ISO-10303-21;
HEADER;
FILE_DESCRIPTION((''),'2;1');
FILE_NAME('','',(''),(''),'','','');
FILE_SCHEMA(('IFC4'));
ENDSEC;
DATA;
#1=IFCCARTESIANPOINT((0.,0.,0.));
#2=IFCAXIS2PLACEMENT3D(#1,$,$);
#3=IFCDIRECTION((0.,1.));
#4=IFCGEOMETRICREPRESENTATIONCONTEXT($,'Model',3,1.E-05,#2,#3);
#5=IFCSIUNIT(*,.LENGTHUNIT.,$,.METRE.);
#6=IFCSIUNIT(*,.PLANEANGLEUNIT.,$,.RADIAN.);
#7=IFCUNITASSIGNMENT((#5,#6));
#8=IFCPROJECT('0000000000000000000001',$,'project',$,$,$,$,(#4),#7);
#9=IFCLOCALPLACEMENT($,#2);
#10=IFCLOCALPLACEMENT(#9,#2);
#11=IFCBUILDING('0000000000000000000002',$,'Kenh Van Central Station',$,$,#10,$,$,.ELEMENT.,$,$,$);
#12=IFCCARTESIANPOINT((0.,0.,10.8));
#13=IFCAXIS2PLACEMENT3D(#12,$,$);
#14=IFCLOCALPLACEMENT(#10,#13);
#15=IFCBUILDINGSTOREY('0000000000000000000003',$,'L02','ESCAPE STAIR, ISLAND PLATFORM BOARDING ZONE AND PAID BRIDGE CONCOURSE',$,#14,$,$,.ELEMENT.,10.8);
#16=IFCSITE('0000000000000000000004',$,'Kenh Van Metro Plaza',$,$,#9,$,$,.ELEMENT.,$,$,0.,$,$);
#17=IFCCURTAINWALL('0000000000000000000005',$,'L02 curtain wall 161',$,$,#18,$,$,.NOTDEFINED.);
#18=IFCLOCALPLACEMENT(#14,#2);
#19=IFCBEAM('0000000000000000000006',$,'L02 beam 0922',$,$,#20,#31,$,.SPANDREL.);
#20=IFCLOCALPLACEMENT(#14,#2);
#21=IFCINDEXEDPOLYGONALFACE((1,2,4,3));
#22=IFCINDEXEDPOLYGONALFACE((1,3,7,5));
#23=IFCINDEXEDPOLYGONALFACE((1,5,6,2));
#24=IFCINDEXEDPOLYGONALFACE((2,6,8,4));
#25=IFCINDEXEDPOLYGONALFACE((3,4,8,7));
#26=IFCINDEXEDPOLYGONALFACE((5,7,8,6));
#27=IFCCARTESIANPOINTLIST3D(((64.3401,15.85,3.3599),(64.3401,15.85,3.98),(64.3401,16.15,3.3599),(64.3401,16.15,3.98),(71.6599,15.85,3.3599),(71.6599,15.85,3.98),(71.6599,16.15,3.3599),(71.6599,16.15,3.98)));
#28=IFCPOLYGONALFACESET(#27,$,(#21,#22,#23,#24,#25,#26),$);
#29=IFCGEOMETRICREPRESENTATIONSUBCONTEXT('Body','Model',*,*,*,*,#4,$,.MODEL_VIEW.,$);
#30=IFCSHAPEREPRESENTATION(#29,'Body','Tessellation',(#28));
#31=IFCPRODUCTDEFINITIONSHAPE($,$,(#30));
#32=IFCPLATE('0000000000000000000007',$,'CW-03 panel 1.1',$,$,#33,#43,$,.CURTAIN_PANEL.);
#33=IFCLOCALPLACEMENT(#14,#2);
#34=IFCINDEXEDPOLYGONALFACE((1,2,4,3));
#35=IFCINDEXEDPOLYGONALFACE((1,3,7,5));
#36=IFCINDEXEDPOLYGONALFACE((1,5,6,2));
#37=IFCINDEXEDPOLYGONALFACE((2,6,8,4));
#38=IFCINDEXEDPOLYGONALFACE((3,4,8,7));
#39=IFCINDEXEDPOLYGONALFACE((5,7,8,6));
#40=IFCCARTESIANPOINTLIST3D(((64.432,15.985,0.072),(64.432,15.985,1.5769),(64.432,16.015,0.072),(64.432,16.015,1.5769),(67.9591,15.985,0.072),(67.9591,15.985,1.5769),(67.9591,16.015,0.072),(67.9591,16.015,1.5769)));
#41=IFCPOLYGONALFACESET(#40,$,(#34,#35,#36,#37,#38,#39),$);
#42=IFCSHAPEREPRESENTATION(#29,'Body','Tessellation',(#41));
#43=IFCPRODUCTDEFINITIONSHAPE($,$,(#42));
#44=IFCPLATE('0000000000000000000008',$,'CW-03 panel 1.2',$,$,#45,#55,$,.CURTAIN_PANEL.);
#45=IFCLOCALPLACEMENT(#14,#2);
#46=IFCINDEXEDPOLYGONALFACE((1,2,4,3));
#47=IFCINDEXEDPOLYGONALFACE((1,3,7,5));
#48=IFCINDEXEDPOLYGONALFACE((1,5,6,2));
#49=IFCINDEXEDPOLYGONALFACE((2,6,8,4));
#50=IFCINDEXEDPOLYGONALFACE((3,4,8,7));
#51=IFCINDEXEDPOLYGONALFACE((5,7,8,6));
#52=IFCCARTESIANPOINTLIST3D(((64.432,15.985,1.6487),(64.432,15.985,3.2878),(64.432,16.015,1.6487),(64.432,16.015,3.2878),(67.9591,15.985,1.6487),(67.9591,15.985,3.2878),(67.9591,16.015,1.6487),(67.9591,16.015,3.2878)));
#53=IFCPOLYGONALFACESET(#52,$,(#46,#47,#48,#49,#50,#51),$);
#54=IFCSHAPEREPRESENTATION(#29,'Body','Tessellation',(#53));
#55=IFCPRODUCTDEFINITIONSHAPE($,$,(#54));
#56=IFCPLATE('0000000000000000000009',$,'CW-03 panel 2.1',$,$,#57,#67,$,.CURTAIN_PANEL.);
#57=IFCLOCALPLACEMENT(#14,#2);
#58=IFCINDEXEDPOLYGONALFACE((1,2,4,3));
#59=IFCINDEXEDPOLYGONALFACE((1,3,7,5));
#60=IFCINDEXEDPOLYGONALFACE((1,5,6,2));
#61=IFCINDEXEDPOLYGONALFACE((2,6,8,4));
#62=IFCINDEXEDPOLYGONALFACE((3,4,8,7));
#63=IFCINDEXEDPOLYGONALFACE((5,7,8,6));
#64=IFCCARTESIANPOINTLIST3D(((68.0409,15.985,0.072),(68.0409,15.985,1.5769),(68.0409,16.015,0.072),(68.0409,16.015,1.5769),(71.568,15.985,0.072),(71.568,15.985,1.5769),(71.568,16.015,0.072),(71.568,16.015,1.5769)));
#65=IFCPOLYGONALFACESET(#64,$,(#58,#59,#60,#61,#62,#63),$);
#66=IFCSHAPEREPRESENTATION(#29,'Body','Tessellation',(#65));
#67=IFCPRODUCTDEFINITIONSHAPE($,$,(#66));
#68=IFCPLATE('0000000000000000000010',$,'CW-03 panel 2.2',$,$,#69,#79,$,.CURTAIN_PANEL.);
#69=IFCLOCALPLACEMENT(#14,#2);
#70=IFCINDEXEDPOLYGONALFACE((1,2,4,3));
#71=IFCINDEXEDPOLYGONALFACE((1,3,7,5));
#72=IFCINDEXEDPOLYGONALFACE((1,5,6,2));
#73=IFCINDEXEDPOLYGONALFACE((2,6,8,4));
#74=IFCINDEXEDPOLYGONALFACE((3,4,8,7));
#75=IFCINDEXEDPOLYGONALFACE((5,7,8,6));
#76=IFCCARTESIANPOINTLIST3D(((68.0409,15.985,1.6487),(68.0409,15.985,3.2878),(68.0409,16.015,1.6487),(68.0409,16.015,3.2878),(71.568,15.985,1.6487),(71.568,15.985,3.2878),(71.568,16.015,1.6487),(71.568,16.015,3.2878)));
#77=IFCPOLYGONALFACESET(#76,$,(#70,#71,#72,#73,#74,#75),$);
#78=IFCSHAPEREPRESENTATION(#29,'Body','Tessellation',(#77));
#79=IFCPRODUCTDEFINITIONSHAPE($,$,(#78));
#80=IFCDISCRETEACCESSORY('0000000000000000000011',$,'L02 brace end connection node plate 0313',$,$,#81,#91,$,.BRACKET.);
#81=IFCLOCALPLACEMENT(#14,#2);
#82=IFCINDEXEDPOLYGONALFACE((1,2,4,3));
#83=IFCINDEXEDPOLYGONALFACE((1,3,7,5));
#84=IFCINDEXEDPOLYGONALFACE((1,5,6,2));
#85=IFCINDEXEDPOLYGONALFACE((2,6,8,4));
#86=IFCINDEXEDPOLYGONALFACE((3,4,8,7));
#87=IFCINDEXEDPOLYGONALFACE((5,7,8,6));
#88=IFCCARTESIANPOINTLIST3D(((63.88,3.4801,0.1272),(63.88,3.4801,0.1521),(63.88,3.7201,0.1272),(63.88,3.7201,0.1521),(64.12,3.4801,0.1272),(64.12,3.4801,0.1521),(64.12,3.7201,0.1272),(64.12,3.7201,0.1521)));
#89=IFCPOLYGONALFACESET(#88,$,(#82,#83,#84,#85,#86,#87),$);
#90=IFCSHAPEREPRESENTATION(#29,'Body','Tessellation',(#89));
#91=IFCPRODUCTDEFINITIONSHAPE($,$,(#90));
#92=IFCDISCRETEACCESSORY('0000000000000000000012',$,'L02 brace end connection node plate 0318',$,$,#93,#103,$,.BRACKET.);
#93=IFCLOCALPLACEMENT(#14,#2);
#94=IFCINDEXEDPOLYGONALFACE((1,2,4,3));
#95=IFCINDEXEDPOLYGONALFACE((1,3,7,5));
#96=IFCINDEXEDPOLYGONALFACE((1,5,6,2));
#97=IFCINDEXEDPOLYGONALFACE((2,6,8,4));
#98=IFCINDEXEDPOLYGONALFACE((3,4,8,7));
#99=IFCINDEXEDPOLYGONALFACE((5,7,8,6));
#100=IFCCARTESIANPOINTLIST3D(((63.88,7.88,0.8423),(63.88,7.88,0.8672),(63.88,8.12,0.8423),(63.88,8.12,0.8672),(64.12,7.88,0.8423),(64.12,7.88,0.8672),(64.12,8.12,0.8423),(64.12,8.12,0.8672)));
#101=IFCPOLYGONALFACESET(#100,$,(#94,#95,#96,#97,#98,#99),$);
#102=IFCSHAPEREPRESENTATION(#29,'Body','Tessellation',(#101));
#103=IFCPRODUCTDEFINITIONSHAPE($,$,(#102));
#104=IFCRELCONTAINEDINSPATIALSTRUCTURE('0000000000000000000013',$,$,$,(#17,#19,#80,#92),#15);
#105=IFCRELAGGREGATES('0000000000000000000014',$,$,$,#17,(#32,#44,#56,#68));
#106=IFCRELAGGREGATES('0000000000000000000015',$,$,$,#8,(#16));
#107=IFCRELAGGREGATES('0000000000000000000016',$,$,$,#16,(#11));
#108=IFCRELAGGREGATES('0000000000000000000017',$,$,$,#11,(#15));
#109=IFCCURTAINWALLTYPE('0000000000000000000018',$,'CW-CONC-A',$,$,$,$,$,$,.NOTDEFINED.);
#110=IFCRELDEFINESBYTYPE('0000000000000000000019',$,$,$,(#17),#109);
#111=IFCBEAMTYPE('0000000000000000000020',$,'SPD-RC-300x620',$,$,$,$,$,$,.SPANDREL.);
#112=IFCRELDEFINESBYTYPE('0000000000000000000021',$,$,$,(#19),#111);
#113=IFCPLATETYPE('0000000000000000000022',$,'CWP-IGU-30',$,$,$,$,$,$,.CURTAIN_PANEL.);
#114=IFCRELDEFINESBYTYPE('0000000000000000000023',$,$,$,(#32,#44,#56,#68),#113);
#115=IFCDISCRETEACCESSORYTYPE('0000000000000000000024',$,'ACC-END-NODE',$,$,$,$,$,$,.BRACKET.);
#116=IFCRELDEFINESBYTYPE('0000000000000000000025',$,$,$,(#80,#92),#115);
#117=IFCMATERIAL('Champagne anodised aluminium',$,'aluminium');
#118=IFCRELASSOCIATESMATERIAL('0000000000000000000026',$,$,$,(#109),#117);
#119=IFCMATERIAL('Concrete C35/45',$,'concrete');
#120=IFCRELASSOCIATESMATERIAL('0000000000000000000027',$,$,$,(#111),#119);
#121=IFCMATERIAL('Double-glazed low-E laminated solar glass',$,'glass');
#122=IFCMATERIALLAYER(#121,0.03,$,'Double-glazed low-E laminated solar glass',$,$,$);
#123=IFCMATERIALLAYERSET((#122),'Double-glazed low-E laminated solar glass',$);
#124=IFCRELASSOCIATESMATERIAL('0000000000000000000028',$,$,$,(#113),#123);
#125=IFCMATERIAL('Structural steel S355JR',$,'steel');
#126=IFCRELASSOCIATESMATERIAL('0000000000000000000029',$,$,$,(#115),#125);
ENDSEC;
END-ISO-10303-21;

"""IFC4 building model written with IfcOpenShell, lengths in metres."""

from ifc_helpers import new_model, si_unit, direction, frame, origin, origin_2d, place, context, subcontext, project, spatial, rectangle, extrude, material, layer, layer_set, material_profile, profile_set, type_object, element, aggregate, save


model = new_model("IFC4")

# Units and contexts
model_context = context("Model", 3, precision=1e-05, world=origin(), true_north=direction((0.0, 1.0)))
body_context = subcontext(model_context, "Body", "Model", "MODEL_VIEW")
ifc_project = project(units=[si_unit("LENGTHUNIT", "METRE"), si_unit("PLANEANGLEUNIT", "RADIAN")], contexts=[model_context])

# Site, building, storey
site_placement = place(None, origin())
site = spatial("IfcSite", under=ifc_project, at=site_placement, Name="Kenh Van Metro Plaza", CompositionType="ELEMENT", RefElevation=0.0)
building_placement = place(site_placement, origin())
building = spatial("IfcBuilding", under=site, at=building_placement, Name="Kenh Van Central Station", CompositionType="ELEMENT")
storey_placement = place(building_placement, frame((0.0, 0.0, 10.8)))
storey = spatial("IfcBuildingStorey", under=building, at=storey_placement, Name="L02", Description="ESCAPE STAIR, ISLAND PLATFORM BOARDING ZONE AND PAID BRIDGE CONCOURSE", CompositionType="ELEMENT", Elevation=10.8)

# Shared definitions
ifc_material_1 = material(Name="Champagne anodised aluminium", Category="aluminium")
curtain_wall_type = type_object("IfcCurtainWallType", Name="CW-CONC-A", PredefinedType="NOTDEFINED", material=ifc_material_1)

# Curtain wall
curtain_wall_1_placement = place(storey_placement, origin())
curtain_wall_1 = element("IfcCurtainWall", 1, at=curtain_wall_1_placement, inside=storey, type_object=curtain_wall_type, Name="L02 curtain wall 161", PredefinedType="NOTDEFINED")

# Beam
ifc_material_2 = material(Name="Concrete C35/45", Category="concrete")
ifc_material_profile_1 = material_profile(ifc_material_2, rectangle(XDim=0.3, YDim=0.6201, at=origin_2d()), Name="RC 300x620")
ifc_profile_set_1 = profile_set([ifc_material_profile_1], Name="Concrete C35/45")
beam_type_1 = type_object("IfcBeamType", Name="SPD-RC-300x620", PredefinedType="SPANDREL", material=ifc_profile_set_1)
beam_placement = place(storey_placement, frame((64.3401, 16.0, 3.6699), z_axis=(1.0, 0.0, 0.0), x_axis=(0.0, 1.0, 0.0)))
element("IfcBeam", 2, at=beam_placement, inside=storey, type_object=beam_type_1, Name="L02 beam 0922", PredefinedType="SPANDREL", context=body_context, shape_type="SweptSolid", body=[
    extrude(rectangle(XDim=0.3, YDim=0.6201, at=origin_2d()), origin(), (0.0, 0.0, 1.0), 7.3198),
])

# Plates
ifc_material_3 = material(Name="Double-glazed low-E laminated solar glass", Category="glass")
ifc_layer = layer(ifc_material_3, 0.03, Name="Double-glazed low-E laminated solar glass")
ifc_layer_set = layer_set([ifc_layer], Name="Double-glazed low-E laminated solar glass")
plate_type = type_object("IfcPlateType", Name="CWP-IGU-30", PredefinedType="CURTAIN_PANEL", material=ifc_layer_set)
plate_1_placement = place(storey_placement, frame((66.1956, 16.0, 0.072), z_axis=(0.0, 0.0, 1.0), x_axis=(1.0, 0.0, 0.0)))
plate_1 = element("IfcPlate", 3, at=plate_1_placement, type_object=plate_type, Name="CW-03 panel 1.1", PredefinedType="CURTAIN_PANEL", context=body_context, shape_type="SweptSolid", body=[
    extrude(rectangle(XDim=3.5271, YDim=0.03, at=origin_2d()), origin(), (0.0, 0.0, 1.0), 1.5049),
])
plate_2_placement = place(storey_placement, frame((66.1956, 16.0, 1.6487), z_axis=(0.0, 0.0, 1.0), x_axis=(1.0, 0.0, 0.0)))
plate_2 = element("IfcPlate", 4, at=plate_2_placement, type_object=plate_type, Name="CW-03 panel 1.2", PredefinedType="CURTAIN_PANEL", context=body_context, shape_type="SweptSolid", body=[
    extrude(rectangle(XDim=3.5271, YDim=0.03, at=origin_2d()), origin(), (0.0, 0.0, 1.0), 1.6392),
])
plate_3_placement = place(storey_placement, frame((69.8044, 16.0, 0.072), z_axis=(0.0, 0.0, 1.0), x_axis=(1.0, 0.0, 0.0)))
plate_3 = element("IfcPlate", 5, at=plate_3_placement, type_object=plate_type, Name="CW-03 panel 2.1", PredefinedType="CURTAIN_PANEL", context=body_context, shape_type="SweptSolid", body=[
    extrude(rectangle(XDim=3.5271, YDim=0.03, at=origin_2d()), origin(), (0.0, 0.0, 1.0), 1.5049),
])
plate_4_placement = place(storey_placement, frame((69.8044, 16.0, 1.6487), z_axis=(0.0, 0.0, 1.0), x_axis=(1.0, 0.0, 0.0)))
plate_4 = element("IfcPlate", 6, at=plate_4_placement, type_object=plate_type, Name="CW-03 panel 2.2", PredefinedType="CURTAIN_PANEL", context=body_context, shape_type="SweptSolid", body=[
    extrude(rectangle(XDim=3.5271, YDim=0.03, at=origin_2d()), origin(), (0.0, 0.0, 1.0), 1.6392),
])
aggregate(curtain_wall_1, [plate_1, plate_2, plate_3, plate_4])

# Discrete accessories
ifc_material_4 = material(Name="Structural steel S355JR", Category="steel")
discrete_accessory_type = type_object("IfcDiscreteAccessoryType", Name="ACC-END-NODE", PredefinedType="BRACKET", material=ifc_material_4)
for number, where, z_axis, x_axis, name in (
    (7, (64.0, 3.6001, 0.1272), (0.0, 0.0, 1.0), (1.0, 0.0, 0.0), "L02 brace end connection node plate 0313"),
    (8, (64.0, 8.0, 0.8423), (0.0, 0.0, 1.0), (1.0, 0.0, 0.0), "L02 brace end connection node plate 0318"),
):
    element("IfcDiscreteAccessory", number, at=place(storey_placement, frame(where, z_axis=z_axis, x_axis=x_axis)), inside=storey, type_object=discrete_accessory_type, Name=name, PredefinedType="BRACKET", context=body_context, shape_type="SweptSolid", body=[
        extrude(rectangle(XDim=0.24, YDim=0.24, at=origin_2d()), origin(), (0.0, 0.0, 1.0), 0.0249),
    ])

save(model, "model.ifc")
